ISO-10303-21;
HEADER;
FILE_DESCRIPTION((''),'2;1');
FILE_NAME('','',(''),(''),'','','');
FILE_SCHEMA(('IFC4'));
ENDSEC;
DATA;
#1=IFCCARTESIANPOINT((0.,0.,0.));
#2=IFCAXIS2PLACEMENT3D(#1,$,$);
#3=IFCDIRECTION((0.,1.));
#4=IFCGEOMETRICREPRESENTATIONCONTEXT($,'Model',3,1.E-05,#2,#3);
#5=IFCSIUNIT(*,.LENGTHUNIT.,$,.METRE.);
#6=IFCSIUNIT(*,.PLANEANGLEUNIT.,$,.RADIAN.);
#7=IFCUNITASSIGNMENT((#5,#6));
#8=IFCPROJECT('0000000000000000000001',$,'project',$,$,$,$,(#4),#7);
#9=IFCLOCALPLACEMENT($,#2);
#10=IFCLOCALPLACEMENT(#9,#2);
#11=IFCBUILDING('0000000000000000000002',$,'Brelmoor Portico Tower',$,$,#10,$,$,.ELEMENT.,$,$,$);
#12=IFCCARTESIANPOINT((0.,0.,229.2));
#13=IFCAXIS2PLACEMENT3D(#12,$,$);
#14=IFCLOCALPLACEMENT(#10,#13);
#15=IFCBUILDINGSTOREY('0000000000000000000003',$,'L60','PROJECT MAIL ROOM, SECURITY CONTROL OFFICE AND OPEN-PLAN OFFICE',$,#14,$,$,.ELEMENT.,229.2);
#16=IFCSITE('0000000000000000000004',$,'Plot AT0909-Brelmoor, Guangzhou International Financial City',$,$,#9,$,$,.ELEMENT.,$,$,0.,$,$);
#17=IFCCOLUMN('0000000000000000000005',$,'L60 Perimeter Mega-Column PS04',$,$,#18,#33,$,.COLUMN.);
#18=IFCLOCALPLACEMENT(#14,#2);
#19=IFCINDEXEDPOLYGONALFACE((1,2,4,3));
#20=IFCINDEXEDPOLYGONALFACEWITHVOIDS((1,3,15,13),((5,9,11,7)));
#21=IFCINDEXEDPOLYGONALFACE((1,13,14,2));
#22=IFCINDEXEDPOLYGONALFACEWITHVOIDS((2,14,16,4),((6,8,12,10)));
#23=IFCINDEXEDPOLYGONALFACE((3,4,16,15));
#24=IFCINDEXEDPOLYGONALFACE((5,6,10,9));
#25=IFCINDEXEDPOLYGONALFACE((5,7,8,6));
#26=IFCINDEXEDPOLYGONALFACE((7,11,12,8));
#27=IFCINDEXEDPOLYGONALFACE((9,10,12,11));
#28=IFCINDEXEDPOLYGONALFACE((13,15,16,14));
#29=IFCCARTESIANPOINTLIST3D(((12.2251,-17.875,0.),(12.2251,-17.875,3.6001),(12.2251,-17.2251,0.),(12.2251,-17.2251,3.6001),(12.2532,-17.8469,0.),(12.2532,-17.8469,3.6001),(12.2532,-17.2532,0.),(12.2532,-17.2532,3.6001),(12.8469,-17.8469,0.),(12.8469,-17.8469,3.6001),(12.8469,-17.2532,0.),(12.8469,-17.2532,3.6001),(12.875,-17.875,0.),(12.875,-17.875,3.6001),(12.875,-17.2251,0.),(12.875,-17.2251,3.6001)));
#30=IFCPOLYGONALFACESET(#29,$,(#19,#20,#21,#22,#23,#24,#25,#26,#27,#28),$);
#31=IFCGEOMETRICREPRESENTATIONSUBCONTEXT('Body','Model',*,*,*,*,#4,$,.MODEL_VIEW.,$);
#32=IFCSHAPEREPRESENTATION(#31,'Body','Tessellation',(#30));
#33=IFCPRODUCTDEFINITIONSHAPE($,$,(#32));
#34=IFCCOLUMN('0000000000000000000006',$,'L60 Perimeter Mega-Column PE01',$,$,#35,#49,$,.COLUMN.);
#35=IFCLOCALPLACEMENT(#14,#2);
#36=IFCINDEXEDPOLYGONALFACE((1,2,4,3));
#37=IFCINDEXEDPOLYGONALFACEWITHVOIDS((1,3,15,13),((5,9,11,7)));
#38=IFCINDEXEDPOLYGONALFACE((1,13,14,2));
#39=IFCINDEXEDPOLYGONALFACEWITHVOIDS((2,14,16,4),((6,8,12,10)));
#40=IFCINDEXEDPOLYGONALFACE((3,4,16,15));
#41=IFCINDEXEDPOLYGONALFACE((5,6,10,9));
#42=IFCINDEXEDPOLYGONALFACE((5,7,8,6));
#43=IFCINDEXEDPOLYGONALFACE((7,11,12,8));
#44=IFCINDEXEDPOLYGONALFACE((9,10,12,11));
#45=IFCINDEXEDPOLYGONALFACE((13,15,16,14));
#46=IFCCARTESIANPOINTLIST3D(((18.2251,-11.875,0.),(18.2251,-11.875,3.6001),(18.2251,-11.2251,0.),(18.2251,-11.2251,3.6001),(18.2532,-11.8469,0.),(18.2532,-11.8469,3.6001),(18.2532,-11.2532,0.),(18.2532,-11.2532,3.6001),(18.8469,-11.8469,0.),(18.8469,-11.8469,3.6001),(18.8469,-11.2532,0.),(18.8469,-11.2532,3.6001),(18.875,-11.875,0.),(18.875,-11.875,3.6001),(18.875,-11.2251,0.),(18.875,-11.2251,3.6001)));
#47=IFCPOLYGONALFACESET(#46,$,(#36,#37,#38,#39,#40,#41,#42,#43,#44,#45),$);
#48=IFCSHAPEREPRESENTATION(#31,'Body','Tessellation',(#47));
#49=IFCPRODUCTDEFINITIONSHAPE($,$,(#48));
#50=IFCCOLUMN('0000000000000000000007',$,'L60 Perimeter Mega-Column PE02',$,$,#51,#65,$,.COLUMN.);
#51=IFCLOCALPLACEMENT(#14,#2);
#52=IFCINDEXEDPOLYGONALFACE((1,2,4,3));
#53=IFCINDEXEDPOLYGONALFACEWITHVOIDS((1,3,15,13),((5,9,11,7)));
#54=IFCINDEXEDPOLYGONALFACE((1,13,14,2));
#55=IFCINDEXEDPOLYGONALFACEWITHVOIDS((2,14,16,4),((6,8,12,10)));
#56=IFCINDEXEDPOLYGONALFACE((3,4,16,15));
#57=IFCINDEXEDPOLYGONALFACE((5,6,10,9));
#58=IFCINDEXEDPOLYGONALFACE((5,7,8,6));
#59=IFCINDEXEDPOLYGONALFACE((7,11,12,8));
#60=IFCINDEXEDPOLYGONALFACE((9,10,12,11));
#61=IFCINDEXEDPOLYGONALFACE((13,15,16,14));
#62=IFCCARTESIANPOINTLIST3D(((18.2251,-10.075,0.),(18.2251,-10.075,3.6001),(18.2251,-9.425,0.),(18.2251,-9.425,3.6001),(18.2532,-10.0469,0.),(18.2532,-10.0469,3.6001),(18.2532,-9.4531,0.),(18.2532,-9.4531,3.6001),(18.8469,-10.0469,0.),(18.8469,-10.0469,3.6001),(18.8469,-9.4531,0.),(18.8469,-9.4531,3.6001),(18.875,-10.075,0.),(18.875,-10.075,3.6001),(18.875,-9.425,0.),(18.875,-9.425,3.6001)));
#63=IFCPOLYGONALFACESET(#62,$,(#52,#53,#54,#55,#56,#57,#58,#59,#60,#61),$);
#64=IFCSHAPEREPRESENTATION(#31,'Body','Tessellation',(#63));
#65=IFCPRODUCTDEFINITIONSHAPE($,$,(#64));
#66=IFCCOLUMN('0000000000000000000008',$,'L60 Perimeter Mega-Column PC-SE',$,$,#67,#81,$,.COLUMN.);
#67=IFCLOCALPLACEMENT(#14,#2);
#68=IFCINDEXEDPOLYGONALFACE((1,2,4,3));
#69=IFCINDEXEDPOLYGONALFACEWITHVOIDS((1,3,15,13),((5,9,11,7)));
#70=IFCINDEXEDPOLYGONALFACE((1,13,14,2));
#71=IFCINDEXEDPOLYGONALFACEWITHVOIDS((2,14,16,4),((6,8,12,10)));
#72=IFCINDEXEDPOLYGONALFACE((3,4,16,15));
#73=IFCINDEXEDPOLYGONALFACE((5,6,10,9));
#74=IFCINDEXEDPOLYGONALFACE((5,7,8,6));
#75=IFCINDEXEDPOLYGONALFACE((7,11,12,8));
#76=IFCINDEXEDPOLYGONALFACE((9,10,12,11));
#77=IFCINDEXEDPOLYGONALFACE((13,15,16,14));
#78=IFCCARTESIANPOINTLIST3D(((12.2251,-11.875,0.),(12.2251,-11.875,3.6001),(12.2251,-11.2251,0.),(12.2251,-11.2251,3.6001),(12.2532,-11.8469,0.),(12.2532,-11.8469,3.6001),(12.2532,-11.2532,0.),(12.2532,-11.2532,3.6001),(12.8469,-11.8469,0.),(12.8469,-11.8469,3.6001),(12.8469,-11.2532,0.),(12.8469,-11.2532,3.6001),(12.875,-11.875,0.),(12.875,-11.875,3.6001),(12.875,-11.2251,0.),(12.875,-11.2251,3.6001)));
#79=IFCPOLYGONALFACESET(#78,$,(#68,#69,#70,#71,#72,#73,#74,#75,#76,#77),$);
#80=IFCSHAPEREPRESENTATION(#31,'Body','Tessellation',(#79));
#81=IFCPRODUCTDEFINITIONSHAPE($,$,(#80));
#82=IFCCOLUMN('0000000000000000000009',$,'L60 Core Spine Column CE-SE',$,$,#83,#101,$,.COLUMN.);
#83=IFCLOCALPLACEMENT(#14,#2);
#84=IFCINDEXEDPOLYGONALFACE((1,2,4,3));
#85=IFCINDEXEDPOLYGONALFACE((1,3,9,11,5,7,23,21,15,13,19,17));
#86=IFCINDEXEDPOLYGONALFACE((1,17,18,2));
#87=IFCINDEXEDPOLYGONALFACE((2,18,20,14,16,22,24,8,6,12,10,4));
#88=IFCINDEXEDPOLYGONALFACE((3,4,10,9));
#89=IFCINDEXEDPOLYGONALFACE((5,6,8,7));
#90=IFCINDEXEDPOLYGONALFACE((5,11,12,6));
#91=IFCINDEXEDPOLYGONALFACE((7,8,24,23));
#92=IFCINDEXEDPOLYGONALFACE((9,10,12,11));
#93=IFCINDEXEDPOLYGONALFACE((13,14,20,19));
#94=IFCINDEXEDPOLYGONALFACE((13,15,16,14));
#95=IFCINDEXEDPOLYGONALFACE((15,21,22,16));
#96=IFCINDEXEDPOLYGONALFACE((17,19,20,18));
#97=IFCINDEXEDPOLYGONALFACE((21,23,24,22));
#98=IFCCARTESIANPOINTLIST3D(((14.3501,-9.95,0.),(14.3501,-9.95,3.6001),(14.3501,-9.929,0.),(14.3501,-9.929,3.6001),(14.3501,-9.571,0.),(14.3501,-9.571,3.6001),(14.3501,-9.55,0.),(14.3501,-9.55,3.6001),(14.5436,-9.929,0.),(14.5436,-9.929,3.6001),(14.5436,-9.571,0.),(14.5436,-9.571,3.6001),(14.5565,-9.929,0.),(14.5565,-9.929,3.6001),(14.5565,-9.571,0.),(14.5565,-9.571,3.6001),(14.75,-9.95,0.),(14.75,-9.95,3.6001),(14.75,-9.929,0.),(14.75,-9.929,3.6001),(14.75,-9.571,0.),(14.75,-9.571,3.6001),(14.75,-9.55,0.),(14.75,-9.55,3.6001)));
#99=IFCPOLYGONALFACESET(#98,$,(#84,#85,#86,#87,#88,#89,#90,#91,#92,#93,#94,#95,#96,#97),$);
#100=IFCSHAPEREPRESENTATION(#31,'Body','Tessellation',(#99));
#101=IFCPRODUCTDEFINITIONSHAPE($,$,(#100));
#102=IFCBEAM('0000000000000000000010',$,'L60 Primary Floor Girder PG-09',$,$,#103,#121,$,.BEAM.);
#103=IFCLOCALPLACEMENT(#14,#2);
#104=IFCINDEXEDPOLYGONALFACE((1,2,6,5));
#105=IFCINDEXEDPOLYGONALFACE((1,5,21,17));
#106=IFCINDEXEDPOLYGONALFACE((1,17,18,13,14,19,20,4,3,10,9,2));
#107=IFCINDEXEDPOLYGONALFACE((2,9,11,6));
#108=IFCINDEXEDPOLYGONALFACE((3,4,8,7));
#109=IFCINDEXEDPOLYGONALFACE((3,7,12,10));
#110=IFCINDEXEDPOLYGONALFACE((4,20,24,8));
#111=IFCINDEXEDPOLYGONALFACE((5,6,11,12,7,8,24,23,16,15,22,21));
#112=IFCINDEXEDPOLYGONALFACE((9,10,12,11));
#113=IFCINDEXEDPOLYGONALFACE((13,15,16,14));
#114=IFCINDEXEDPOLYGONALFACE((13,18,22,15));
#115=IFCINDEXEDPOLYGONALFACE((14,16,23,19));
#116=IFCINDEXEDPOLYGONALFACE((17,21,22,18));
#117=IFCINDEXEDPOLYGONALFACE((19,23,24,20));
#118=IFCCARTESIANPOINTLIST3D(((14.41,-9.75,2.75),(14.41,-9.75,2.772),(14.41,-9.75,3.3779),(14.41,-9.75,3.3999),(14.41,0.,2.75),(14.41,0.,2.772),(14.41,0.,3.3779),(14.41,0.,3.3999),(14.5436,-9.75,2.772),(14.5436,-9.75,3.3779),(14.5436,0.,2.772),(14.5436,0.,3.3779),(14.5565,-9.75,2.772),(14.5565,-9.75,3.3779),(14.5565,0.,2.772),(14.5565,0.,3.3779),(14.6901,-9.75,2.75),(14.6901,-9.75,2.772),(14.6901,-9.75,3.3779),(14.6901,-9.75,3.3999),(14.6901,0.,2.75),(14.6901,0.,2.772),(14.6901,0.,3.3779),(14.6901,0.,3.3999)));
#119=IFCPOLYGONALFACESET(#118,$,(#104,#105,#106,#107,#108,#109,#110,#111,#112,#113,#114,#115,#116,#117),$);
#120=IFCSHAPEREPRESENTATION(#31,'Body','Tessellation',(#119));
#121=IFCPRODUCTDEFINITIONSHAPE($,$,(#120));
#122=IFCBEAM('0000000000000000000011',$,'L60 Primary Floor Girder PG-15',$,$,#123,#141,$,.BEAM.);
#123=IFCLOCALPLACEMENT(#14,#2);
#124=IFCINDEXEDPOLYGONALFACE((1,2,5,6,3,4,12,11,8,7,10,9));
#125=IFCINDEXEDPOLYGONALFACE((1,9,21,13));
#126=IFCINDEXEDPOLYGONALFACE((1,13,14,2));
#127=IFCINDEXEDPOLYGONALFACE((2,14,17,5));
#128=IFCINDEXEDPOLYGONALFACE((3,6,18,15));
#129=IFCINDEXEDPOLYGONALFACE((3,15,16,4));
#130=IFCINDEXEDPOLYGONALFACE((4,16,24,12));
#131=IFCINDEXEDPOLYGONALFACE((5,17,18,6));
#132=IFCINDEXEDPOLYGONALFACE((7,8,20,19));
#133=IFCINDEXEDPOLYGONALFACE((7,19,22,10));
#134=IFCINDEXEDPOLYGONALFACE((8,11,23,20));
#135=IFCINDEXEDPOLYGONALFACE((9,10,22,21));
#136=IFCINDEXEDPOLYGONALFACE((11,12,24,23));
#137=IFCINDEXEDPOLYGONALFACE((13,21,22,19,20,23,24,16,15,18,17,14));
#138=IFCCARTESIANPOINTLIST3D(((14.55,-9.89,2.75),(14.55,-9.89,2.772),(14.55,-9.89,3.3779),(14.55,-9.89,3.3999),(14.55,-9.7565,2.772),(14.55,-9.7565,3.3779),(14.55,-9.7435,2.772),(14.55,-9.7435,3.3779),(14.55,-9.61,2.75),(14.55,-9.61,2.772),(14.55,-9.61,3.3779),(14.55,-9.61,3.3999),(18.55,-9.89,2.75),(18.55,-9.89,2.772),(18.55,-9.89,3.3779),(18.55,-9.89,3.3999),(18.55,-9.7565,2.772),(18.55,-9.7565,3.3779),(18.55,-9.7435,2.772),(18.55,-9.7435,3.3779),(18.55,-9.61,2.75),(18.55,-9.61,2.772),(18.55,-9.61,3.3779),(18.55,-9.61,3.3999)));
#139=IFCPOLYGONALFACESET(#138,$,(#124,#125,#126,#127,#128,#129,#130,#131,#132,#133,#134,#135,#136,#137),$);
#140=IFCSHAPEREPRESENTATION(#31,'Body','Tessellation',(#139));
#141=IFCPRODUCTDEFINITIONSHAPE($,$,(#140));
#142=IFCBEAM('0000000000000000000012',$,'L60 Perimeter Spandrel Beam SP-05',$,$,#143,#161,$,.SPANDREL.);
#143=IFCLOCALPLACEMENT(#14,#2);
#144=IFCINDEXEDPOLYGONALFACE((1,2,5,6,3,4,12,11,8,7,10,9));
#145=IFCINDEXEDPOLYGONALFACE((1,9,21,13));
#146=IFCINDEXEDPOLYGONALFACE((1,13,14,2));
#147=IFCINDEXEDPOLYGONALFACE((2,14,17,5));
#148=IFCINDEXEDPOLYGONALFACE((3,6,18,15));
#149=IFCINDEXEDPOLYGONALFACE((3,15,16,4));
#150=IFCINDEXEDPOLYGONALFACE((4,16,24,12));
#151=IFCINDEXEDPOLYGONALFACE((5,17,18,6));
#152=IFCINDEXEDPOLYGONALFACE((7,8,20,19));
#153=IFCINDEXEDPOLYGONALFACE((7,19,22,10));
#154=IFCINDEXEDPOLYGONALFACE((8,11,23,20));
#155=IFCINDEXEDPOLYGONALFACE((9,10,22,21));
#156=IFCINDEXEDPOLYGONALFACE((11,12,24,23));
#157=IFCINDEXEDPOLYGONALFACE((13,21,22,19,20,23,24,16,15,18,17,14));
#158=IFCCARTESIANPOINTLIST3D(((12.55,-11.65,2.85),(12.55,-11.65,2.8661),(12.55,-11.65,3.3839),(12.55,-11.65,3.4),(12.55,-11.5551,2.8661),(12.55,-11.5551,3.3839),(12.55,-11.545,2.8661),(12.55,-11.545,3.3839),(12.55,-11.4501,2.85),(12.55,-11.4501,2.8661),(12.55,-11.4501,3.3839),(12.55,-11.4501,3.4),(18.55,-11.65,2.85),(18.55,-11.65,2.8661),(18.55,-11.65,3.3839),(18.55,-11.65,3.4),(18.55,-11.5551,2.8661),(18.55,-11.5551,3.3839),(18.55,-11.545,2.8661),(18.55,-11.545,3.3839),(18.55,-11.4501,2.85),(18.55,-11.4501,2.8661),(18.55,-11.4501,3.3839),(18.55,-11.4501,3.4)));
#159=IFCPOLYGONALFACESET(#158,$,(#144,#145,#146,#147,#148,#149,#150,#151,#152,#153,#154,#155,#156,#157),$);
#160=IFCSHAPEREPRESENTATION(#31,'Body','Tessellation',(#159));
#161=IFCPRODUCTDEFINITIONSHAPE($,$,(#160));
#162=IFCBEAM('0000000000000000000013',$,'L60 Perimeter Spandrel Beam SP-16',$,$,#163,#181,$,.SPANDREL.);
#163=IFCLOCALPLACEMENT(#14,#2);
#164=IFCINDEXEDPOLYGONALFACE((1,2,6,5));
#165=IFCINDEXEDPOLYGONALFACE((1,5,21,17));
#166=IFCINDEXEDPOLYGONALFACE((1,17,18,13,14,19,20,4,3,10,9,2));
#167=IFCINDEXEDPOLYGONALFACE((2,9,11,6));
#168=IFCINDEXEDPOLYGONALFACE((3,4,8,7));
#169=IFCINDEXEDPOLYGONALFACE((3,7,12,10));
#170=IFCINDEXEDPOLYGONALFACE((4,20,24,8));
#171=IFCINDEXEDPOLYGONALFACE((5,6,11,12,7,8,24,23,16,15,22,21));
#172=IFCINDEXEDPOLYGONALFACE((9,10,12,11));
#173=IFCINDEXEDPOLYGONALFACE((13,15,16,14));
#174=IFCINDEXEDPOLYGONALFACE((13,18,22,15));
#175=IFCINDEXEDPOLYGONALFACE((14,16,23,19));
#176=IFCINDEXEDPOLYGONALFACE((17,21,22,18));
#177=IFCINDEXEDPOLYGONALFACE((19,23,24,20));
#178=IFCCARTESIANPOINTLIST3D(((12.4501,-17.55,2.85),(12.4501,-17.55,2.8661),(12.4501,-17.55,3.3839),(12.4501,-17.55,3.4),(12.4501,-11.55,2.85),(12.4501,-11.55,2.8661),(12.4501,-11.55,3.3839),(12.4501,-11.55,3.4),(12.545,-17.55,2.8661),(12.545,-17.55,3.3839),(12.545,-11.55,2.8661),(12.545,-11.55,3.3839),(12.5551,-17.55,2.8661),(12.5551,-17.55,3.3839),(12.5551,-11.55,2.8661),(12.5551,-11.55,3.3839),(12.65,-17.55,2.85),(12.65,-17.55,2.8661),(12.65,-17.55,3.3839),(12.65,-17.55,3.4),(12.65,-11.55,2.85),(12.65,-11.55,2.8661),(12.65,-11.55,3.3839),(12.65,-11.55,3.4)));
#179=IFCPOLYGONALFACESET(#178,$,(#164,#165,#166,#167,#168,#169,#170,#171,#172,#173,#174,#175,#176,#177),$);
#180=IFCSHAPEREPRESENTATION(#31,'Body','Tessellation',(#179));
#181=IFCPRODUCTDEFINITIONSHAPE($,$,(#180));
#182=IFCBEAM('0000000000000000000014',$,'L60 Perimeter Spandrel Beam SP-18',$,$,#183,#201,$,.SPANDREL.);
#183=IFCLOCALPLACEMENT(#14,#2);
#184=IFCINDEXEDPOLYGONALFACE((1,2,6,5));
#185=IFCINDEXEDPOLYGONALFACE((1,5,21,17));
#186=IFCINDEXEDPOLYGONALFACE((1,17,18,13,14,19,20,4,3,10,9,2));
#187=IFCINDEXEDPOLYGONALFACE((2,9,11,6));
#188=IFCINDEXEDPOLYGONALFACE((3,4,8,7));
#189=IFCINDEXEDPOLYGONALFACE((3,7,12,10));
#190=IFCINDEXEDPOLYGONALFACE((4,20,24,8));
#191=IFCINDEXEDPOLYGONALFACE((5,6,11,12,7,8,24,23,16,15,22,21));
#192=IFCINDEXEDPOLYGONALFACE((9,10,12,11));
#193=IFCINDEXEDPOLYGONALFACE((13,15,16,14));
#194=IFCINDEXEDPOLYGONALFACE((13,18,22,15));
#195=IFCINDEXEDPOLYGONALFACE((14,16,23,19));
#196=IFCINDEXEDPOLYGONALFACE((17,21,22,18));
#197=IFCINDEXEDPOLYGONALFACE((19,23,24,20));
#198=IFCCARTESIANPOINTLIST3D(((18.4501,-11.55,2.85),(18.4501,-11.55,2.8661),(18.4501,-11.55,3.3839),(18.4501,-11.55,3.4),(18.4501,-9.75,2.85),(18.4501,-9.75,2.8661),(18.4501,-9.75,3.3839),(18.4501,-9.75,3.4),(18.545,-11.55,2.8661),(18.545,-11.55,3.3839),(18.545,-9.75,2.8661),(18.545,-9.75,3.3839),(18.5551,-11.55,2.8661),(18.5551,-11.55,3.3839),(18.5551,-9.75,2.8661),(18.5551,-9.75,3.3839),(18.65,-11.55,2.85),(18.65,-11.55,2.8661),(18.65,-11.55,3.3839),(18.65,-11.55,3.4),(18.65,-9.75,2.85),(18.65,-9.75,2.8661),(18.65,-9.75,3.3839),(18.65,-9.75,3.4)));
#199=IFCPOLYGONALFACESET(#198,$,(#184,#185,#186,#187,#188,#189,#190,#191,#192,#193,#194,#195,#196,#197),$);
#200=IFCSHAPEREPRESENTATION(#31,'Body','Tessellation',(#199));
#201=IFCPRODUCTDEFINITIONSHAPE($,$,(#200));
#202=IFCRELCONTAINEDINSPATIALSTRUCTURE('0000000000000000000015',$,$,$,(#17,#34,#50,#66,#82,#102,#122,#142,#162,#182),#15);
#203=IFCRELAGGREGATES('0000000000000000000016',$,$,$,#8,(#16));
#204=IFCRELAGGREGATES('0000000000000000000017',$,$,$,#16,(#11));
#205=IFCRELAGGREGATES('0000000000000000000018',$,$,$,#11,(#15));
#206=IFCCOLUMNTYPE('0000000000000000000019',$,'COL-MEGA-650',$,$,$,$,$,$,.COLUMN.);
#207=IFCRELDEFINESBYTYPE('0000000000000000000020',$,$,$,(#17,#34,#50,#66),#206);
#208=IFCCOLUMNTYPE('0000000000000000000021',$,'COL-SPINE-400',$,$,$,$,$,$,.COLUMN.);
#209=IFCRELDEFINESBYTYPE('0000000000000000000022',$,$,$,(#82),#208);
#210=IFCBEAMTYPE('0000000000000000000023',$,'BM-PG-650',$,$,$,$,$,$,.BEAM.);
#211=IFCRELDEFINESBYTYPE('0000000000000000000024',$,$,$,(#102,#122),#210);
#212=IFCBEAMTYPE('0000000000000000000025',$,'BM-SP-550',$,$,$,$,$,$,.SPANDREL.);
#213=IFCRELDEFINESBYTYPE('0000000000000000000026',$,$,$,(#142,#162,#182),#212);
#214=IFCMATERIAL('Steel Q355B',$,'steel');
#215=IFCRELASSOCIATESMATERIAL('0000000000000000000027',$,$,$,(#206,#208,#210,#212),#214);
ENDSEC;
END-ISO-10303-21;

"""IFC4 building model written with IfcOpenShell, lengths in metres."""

from ifc_helpers import new_model, si_unit, direction, frame, origin, origin_2d, place, context, subcontext, project, spatial, hollow_rectangle, i_section, extrude, material, material_profile, profile_set, type_object, element, save


model = new_model("IFC4")

# Units and contexts
model_context = context("Model", 3, precision=1e-05, world=origin(), true_north=direction((0.0, 1.0)))
body_context = subcontext(model_context, "Body", "Model", "MODEL_VIEW")
ifc_project = project(units=[si_unit("LENGTHUNIT", "METRE"), si_unit("PLANEANGLEUNIT", "RADIAN")], contexts=[model_context])

# Site, building, storey
site_placement = place(None, origin())
site = spatial("IfcSite", under=ifc_project, at=site_placement, Name="Plot AT0909-Brelmoor, Guangzhou International Financial City", CompositionType="ELEMENT", RefElevation=0.0)
building_placement = place(site_placement, origin())
building = spatial("IfcBuilding", under=site, at=building_placement, Name="Brelmoor Portico Tower", CompositionType="ELEMENT")
storey_placement = place(building_placement, frame((0.0, 0.0, 229.2)))
storey = spatial("IfcBuildingStorey", under=building, at=storey_placement, Name="L60", Description="PROJECT MAIL ROOM, SECURITY CONTROL OFFICE AND OPEN-PLAN OFFICE", CompositionType="ELEMENT", Elevation=229.2)

# Columns
ifc_material_1 = material(Name="Steel Q355B", Category="steel")
ifc_material_profile_1 = material_profile(ifc_material_1, hollow_rectangle(XDim=0.6499, YDim=0.6499, WallThickness=0.0281, at=origin_2d()), Name="BOX 650x650x28")
ifc_profile_set_1 = profile_set([ifc_material_profile_1], Name="Steel Q355B")
column_type_1 = type_object("IfcColumnType", Name="COL-MEGA-650", PredefinedType="COLUMN", material=ifc_profile_set_1)
for number, where, z_axis, x_axis, name in (
    (1, (12.55, -17.55, 0.0), (0.0, 0.0, 1.0), (1.0, 0.0, 0.0), "L60 Perimeter Mega-Column PS04"),
    (2, (18.55, -11.55, 0.0), (0.0, 0.0, 1.0), (0.0, 1.0, 0.0), "L60 Perimeter Mega-Column PE01"),
    (3, (18.55, -9.75, 0.0), (0.0, 0.0, 1.0), (0.0, 1.0, 0.0), "L60 Perimeter Mega-Column PE02"),
    (4, (12.55, -11.55, 0.0), (0.0, 0.0, 1.0), (1.0, 0.0, 0.0), "L60 Perimeter Mega-Column PC-SE"),
):
    element("IfcColumn", number, at=place(storey_placement, frame(where, z_axis=z_axis, x_axis=x_axis)), inside=storey, type_object=column_type_1, Name=name, PredefinedType="COLUMN", context=body_context, shape_type="SweptSolid", body=[
        extrude(hollow_rectangle(XDim=0.6499, YDim=0.6499, WallThickness=0.0281, at=origin_2d()), origin(), (0.0, 0.0, 1.0), 3.6001),
    ])
ifc_material_profile_2 = material_profile(ifc_material_1, i_section(OverallWidth=0.3999, OverallDepth=0.3999, WebThickness=0.0129, FlangeThickness=0.021, at=origin_2d()), Name="HW 400x400x13x21")
ifc_profile_set_2 = profile_set([ifc_material_profile_2], Name="Steel Q355B")
column_type_2 = type_object("IfcColumnType", Name="COL-SPINE-400", PredefinedType="COLUMN", material=ifc_profile_set_2)
column_placement = place(storey_placement, frame((14.55, -9.75, 0.0), z_axis=(0.0, 0.0, 1.0), x_axis=(1.0, 0.0, 0.0)))
element("IfcColumn", 5, at=column_placement, inside=storey, type_object=column_type_2, Name="L60 Core Spine Column CE-SE", PredefinedType="COLUMN", context=body_context, shape_type="SweptSolid", body=[
    extrude(i_section(OverallWidth=0.3999, OverallDepth=0.3999, WebThickness=0.0129, FlangeThickness=0.021, at=origin_2d()), origin(), (0.0, 0.0, 1.0), 3.6001),
])

# Beams
ifc_material_profile_3 = material_profile(ifc_material_1, i_section(OverallWidth=0.28, OverallDepth=0.6499, WebThickness=0.0129, FlangeThickness=0.022, at=origin_2d()), Name="HN 650x280x13x22")
ifc_profile_set_3 = profile_set([ifc_material_profile_3], Name="Steel Q355B")
beam_type_1 = type_object("IfcBeamType", Name="BM-PG-650", PredefinedType="BEAM", material=ifc_profile_set_3)
beam_1_placement = place(storey_placement, frame((14.55, -9.75, 3.075), z_axis=(0.0, 1.0, 0.0), x_axis=(-1.0, 0.0, 0.0)))
element("IfcBeam", 6, at=beam_1_placement, inside=storey, type_object=beam_type_1, Name="L60 Primary Floor Girder PG-09", PredefinedType="BEAM", context=body_context, shape_type="SweptSolid", body=[
    extrude(i_section(OverallWidth=0.28, OverallDepth=0.6499, WebThickness=0.0129, FlangeThickness=0.022, at=origin_2d()), origin(), (0.0, 0.0, 1.0), 9.75),
])
beam_2_placement = place(storey_placement, frame((14.55, -9.75, 3.075), z_axis=(1.0, 0.0, 0.0), x_axis=(0.0, 1.0, 0.0)))
element("IfcBeam", 7, at=beam_2_placement, inside=storey, type_object=beam_type_1, Name="L60 Primary Floor Girder PG-15", PredefinedType="BEAM", context=body_context, shape_type="SweptSolid", body=[
    extrude(i_section(OverallWidth=0.28, OverallDepth=0.6499, WebThickness=0.0129, FlangeThickness=0.022, at=origin_2d()), origin(), (0.0, 0.0, 1.0), 4.0),
])
ifc_material_profile_4 = material_profile(ifc_material_1, i_section(OverallWidth=0.2, OverallDepth=0.55, WebThickness=0.01, FlangeThickness=0.0161, at=origin_2d()), Name="HN 550x200x10x16")
ifc_profile_set_4 = profile_set([ifc_material_profile_4], Name="Steel Q355B")
beam_type_2 = type_object("IfcBeamType", Name="BM-SP-550", PredefinedType="SPANDREL", material=ifc_profile_set_4)
for number, where, z_axis, x_axis, name in (
    (8, (12.55, -11.55, 3.125), (1.0, 0.0, 0.0), (0.0, 1.0, 0.0), "L60 Perimeter Spandrel Beam SP-05"),
    (9, (12.55, -17.55, 3.125), (0.0, 1.0, 0.0), (-1.0, 0.0, 0.0), "L60 Perimeter Spandrel Beam SP-16"),
):
    element("IfcBeam", number, at=place(storey_placement, frame(where, z_axis=z_axis, x_axis=x_axis)), inside=storey, type_object=beam_type_2, Name=name, PredefinedType="SPANDREL", context=body_context, shape_type="SweptSolid", body=[
        extrude(i_section(OverallWidth=0.2, OverallDepth=0.55, WebThickness=0.01, FlangeThickness=0.0161, at=origin_2d()), origin(), (0.0, 0.0, 1.0), 6.0),
    ])
beam_3_placement = place(storey_placement, frame((18.55, -11.55, 3.125), z_axis=(0.0, 1.0, 0.0), x_axis=(-1.0, 0.0, 0.0)))
element("IfcBeam", 10, at=beam_3_placement, inside=storey, type_object=beam_type_2, Name="L60 Perimeter Spandrel Beam SP-18", PredefinedType="SPANDREL", context=body_context, shape_type="SweptSolid", body=[
    extrude(i_section(OverallWidth=0.2, OverallDepth=0.55, WebThickness=0.01, FlangeThickness=0.0161, at=origin_2d()), origin(), (0.0, 0.0, 1.0), 1.8),
])

save(model, "model.ifc")
